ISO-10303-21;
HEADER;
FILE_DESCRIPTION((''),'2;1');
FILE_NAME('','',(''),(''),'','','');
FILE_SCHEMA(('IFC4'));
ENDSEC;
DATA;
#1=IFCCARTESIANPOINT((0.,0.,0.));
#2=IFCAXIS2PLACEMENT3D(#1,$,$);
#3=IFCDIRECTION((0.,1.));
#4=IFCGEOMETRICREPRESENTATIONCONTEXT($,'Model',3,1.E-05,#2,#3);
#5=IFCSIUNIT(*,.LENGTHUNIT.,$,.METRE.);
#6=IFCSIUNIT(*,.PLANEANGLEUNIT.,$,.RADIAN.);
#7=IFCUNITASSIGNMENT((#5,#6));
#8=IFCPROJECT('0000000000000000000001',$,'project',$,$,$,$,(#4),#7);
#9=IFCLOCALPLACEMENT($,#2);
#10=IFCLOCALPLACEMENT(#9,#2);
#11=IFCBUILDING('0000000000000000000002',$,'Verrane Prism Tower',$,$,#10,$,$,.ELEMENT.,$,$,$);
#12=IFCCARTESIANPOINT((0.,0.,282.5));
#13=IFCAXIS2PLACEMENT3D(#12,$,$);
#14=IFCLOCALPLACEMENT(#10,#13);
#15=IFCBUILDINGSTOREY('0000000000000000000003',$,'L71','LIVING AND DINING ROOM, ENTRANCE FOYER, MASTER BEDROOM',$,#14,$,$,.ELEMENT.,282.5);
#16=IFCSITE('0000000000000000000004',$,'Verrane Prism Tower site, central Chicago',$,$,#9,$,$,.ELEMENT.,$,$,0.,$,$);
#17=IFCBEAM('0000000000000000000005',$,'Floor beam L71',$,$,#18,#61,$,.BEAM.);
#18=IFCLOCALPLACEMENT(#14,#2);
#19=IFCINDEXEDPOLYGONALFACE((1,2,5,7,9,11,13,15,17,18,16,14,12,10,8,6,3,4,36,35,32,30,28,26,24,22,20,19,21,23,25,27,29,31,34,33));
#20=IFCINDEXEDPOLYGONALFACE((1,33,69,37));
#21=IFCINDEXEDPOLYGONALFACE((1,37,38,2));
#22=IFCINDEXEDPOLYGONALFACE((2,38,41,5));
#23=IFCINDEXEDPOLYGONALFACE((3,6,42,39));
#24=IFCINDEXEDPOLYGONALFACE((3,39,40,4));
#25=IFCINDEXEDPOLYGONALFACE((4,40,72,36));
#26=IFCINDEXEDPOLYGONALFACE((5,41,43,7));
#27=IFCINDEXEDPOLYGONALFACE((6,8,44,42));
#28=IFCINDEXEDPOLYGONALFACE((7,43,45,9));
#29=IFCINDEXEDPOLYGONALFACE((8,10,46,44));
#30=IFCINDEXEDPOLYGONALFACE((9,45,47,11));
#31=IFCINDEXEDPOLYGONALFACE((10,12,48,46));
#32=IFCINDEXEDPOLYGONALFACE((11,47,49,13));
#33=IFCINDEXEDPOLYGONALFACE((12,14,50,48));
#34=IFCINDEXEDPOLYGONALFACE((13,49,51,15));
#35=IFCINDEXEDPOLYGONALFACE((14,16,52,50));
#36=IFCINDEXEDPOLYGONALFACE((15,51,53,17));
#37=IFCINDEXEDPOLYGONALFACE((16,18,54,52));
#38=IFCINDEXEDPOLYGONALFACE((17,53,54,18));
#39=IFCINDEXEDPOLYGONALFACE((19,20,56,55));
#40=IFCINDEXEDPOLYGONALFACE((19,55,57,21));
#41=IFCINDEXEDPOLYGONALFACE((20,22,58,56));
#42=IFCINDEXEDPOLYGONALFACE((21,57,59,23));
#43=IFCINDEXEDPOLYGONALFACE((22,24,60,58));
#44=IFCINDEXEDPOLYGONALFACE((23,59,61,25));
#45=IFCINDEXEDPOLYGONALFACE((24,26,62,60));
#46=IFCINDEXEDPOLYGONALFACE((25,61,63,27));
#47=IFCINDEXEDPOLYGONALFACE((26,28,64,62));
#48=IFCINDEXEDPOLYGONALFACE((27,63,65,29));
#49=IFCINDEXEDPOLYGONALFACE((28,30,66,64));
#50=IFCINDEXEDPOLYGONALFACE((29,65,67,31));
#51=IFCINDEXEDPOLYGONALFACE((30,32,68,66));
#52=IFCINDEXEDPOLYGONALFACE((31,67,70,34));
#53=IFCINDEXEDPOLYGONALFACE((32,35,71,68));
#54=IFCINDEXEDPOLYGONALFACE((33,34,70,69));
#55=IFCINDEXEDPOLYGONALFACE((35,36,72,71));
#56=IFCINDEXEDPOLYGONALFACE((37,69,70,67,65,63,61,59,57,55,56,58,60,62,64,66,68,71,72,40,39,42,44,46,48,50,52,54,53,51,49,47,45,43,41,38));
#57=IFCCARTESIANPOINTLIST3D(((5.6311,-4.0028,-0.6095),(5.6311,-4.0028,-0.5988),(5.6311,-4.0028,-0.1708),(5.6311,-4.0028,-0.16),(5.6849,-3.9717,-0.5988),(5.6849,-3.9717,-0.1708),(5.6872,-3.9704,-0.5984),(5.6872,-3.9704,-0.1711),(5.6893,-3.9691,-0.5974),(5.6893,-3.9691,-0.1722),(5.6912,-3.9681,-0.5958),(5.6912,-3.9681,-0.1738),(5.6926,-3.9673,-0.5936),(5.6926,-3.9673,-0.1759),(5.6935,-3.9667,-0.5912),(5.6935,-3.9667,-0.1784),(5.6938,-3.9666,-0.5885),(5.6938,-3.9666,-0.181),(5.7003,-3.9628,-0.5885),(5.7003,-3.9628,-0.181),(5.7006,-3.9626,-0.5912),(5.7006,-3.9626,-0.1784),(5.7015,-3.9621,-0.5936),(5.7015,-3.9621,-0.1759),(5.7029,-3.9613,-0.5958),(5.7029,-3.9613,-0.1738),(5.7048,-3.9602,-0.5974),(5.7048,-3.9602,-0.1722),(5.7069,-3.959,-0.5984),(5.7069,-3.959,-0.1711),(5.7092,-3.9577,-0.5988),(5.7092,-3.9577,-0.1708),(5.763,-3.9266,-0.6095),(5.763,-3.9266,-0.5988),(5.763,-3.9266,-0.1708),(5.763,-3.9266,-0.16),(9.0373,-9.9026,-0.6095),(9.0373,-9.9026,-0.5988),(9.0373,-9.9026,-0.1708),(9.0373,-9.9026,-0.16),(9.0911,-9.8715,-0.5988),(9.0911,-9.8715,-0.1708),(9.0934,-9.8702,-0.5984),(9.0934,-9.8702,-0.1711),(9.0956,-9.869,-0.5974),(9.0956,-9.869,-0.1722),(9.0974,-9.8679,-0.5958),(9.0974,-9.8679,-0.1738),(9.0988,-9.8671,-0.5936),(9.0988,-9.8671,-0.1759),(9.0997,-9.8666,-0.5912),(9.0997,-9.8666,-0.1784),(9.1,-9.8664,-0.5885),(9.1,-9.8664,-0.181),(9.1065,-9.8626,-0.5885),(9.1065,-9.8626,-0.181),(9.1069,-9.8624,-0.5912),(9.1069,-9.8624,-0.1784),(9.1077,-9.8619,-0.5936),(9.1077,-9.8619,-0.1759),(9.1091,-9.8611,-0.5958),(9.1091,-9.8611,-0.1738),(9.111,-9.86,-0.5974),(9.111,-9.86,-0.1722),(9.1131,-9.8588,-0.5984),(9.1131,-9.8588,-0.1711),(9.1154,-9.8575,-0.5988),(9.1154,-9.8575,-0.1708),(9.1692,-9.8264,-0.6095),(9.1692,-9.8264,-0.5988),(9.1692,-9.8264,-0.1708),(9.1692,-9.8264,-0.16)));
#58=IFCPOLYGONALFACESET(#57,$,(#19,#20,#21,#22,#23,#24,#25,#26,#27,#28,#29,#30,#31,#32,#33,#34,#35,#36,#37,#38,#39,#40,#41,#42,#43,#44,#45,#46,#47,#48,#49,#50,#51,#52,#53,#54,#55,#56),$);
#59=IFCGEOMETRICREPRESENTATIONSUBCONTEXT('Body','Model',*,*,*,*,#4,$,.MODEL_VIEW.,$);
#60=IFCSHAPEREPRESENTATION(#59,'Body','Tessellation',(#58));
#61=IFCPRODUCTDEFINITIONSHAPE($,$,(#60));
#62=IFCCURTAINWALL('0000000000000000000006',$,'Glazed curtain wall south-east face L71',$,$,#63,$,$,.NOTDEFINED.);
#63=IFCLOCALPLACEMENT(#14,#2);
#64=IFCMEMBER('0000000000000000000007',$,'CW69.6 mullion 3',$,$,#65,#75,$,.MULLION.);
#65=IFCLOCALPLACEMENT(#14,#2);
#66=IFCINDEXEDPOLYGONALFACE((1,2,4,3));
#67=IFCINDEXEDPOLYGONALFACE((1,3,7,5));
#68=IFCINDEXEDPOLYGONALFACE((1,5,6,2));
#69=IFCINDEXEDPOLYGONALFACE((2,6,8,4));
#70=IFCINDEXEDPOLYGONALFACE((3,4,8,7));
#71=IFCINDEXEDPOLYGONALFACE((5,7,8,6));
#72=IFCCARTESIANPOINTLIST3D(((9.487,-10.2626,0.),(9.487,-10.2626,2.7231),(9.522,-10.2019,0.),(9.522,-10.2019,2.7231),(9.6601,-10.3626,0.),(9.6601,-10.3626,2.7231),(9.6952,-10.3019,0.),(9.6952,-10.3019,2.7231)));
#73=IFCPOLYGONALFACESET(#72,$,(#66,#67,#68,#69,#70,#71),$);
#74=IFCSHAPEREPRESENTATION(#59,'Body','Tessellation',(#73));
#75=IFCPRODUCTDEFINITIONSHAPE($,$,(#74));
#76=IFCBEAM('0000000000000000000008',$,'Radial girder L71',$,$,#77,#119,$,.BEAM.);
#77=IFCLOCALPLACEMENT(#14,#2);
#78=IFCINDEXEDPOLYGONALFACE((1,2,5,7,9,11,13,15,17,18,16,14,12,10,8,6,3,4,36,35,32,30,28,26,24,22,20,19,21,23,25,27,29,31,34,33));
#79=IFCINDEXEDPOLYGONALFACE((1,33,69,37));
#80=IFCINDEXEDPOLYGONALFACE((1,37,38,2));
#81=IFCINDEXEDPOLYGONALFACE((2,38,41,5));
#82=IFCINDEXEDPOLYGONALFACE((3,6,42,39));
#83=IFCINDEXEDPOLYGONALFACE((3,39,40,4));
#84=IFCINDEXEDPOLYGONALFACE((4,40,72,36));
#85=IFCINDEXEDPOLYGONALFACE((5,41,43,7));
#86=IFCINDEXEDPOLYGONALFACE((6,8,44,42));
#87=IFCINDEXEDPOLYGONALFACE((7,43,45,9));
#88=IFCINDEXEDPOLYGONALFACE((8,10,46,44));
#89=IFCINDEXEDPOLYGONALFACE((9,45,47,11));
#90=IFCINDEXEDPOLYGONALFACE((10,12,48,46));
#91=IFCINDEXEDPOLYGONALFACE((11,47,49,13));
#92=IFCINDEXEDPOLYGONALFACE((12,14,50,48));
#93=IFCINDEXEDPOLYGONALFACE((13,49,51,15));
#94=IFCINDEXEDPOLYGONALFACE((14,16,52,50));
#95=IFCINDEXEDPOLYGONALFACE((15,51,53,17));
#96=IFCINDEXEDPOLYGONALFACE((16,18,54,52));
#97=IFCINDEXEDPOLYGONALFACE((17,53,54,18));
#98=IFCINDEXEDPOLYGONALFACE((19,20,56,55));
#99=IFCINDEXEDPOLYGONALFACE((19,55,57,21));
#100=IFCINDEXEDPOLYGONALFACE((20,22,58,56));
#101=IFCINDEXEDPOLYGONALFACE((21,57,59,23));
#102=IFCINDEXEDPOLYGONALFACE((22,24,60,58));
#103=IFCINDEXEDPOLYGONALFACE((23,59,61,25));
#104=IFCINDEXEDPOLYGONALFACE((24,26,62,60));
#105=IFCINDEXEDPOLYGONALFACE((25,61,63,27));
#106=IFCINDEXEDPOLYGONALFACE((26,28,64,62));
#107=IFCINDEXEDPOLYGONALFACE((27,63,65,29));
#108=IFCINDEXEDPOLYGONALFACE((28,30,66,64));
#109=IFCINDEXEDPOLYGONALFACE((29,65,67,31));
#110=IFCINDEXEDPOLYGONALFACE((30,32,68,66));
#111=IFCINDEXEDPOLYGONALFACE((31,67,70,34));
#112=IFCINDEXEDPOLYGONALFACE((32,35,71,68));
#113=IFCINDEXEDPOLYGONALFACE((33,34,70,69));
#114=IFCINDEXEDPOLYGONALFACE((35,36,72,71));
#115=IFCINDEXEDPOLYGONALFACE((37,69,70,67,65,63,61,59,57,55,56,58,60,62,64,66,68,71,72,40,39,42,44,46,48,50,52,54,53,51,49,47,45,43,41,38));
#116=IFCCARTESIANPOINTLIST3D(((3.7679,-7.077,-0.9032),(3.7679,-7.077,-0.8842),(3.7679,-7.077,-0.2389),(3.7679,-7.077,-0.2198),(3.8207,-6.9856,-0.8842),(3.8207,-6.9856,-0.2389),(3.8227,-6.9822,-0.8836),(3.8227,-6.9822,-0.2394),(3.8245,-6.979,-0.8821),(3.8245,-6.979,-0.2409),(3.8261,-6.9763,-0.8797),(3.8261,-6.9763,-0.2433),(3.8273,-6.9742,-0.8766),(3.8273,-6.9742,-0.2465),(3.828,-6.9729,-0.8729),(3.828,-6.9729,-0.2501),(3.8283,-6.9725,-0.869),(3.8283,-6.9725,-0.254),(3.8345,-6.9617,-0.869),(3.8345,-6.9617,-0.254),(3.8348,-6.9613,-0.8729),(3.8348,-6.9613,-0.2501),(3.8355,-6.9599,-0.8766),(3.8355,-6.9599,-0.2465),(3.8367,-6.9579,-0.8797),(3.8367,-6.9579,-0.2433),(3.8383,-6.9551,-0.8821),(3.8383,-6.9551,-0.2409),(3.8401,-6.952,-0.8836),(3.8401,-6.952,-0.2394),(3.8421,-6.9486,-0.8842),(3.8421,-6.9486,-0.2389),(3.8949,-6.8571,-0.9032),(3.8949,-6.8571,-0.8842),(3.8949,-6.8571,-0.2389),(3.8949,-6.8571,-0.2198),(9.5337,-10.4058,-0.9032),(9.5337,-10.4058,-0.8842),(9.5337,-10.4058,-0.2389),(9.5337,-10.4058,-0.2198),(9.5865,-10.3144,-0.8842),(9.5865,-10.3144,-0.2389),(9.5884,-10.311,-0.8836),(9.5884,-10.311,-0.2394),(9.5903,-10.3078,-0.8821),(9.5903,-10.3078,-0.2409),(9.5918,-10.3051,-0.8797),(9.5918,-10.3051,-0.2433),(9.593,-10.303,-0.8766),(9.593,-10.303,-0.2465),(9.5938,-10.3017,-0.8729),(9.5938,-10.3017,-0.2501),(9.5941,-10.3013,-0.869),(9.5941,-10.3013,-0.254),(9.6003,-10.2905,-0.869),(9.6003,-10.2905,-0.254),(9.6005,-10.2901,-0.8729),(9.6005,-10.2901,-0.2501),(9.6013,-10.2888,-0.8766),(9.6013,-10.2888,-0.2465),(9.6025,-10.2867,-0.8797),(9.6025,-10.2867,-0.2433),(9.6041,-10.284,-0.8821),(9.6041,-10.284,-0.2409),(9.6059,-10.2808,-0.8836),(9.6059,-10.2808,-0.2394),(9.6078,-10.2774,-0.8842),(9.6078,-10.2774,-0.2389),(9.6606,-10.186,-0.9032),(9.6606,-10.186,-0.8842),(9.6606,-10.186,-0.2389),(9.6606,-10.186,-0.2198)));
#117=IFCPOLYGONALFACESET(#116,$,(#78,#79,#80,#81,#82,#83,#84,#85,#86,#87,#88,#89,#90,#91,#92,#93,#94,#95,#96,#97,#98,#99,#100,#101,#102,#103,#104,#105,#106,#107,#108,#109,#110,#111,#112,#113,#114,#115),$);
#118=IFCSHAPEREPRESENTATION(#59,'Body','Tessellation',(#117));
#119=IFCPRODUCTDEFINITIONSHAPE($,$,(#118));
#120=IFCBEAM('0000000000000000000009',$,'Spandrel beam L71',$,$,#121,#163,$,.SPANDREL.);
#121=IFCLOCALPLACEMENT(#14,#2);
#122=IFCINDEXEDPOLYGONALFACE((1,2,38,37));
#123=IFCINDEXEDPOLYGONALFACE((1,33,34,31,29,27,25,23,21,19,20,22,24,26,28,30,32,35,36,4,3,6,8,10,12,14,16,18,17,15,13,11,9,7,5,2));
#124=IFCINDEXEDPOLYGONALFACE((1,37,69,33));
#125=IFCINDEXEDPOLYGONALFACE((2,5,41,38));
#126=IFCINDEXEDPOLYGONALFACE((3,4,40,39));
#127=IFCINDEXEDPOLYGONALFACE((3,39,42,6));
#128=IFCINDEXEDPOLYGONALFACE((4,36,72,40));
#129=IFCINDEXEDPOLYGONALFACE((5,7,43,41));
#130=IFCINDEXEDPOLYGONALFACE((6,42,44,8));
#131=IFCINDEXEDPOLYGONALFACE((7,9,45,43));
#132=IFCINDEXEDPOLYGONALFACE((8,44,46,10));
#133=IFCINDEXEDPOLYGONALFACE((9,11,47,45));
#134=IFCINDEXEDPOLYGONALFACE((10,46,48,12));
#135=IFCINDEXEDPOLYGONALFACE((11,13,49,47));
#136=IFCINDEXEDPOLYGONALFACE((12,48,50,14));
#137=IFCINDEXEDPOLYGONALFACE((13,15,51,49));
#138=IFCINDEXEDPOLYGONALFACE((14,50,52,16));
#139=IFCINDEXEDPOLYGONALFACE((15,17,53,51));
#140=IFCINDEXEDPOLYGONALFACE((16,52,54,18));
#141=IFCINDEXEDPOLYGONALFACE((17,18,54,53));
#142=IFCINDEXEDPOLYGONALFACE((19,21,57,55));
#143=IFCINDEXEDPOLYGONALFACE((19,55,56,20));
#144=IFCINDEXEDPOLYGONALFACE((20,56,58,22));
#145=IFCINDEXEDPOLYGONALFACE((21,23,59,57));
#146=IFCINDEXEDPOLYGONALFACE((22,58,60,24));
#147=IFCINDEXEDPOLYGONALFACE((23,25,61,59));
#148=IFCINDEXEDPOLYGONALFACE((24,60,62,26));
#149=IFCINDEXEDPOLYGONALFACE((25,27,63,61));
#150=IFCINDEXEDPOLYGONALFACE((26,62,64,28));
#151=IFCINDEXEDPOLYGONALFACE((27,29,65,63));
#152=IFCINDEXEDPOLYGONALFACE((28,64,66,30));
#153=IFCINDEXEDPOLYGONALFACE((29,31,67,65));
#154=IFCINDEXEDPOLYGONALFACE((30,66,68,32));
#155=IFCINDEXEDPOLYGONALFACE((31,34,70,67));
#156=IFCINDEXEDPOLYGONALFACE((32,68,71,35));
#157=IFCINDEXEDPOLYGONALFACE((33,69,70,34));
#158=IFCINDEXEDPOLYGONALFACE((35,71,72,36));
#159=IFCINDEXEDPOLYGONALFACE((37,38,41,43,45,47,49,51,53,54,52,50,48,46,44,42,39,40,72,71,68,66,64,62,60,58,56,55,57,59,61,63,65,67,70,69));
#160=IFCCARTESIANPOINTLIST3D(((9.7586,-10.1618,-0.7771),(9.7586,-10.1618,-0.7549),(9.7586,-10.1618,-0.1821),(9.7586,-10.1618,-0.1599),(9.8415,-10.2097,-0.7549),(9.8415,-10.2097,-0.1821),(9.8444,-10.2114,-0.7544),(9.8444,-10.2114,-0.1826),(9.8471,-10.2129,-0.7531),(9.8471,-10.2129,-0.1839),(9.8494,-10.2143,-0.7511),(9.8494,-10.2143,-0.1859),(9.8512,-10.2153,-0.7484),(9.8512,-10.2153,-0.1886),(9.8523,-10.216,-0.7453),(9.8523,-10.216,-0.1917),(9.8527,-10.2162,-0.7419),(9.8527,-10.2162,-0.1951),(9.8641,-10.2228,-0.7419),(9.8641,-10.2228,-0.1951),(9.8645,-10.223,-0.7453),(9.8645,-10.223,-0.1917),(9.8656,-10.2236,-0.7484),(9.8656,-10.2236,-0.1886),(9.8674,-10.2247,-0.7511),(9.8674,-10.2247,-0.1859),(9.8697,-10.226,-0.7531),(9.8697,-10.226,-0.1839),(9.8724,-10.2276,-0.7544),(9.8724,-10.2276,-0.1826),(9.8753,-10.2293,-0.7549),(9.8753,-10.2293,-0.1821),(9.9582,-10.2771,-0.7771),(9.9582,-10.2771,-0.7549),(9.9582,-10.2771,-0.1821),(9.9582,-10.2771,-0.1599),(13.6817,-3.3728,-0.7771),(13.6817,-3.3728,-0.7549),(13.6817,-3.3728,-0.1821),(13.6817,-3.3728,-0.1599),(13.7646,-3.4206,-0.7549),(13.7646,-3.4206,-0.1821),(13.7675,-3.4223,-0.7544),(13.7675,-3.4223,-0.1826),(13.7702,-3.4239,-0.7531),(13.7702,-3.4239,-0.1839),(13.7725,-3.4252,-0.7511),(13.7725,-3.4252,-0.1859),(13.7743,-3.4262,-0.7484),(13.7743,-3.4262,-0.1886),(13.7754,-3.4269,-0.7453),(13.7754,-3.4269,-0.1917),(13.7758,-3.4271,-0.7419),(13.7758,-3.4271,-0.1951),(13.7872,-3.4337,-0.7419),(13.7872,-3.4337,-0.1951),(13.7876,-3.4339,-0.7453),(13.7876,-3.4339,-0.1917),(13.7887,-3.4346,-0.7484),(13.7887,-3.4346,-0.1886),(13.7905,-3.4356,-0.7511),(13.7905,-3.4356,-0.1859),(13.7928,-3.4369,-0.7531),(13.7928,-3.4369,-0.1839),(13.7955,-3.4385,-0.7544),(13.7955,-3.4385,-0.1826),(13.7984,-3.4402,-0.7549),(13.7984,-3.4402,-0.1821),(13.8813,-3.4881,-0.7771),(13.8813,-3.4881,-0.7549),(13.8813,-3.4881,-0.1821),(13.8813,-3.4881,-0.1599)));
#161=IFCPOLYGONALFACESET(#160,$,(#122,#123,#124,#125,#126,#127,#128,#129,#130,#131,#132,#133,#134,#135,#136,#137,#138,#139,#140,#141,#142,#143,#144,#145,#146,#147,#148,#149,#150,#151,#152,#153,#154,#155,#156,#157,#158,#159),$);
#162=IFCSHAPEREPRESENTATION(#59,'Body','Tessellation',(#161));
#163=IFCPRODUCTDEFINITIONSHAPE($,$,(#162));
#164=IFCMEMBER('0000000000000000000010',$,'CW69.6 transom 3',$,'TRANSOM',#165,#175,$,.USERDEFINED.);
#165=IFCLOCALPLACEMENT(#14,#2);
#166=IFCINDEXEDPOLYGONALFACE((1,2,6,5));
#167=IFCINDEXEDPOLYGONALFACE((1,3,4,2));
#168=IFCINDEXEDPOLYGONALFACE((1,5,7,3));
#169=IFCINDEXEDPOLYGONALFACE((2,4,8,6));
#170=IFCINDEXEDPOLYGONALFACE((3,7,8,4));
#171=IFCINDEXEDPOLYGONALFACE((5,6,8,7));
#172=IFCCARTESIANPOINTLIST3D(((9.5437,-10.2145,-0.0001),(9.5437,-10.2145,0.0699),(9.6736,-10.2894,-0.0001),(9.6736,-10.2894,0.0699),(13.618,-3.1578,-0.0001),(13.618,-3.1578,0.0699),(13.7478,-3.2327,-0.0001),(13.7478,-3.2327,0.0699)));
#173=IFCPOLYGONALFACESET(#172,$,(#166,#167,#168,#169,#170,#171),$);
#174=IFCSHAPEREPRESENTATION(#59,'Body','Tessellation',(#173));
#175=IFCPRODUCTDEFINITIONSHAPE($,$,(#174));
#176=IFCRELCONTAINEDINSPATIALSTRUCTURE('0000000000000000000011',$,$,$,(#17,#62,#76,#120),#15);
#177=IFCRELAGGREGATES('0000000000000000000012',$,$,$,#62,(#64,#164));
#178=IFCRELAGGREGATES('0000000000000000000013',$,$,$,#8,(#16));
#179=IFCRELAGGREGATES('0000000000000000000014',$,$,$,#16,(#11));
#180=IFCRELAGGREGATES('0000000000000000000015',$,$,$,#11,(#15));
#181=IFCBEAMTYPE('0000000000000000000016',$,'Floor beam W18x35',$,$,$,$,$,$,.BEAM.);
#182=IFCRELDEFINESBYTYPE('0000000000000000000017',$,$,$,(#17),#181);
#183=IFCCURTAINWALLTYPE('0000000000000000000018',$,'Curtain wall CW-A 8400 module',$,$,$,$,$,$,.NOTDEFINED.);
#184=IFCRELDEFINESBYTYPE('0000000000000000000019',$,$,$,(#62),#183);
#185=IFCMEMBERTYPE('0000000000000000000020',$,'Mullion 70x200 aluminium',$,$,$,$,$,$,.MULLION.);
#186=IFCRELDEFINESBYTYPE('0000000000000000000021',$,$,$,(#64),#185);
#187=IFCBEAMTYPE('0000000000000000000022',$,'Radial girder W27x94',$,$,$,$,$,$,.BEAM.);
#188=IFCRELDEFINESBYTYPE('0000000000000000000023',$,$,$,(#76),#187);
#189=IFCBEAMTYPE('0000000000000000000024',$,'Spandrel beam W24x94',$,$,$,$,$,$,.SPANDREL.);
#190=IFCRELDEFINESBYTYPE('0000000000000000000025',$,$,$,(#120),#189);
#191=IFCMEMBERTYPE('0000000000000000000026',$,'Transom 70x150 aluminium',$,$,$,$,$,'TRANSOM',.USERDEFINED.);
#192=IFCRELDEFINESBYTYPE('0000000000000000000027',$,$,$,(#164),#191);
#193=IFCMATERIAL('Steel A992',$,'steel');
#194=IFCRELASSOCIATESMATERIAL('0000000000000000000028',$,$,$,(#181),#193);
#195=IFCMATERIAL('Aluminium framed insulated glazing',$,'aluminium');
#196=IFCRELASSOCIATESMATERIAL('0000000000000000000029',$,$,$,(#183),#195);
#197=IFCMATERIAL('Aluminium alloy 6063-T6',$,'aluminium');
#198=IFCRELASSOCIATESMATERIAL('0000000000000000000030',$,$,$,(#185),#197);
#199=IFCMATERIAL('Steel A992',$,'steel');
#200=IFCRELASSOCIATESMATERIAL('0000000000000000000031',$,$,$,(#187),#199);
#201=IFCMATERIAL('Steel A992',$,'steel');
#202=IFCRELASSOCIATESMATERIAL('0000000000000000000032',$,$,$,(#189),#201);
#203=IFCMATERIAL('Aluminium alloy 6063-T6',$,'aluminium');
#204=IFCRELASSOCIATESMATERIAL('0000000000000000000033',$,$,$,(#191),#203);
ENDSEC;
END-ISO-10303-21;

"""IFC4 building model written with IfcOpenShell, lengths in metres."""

from ifc_helpers import new_model, si_unit, direction, frame, origin, origin_2d, place, context, subcontext, project, spatial, rectangle, i_section, extrude, material, material_profile, profile_set, type_object, element, aggregate, save


model = new_model("IFC4")

# Units and contexts
model_context = context("Model", 3, precision=1e-05, world=origin(), true_north=direction((0.0, 1.0)))
body_context = subcontext(model_context, "Body", "Model", "MODEL_VIEW")
ifc_project = project(units=[si_unit("LENGTHUNIT", "METRE"), si_unit("PLANEANGLEUNIT", "RADIAN")], contexts=[model_context])

# Site, building, storey
site_placement = place(None, origin())
site = spatial("IfcSite", under=ifc_project, at=site_placement, Name="Verrane Prism Tower site, central Chicago", CompositionType="ELEMENT", RefElevation=0.0)
building_placement = place(site_placement, origin())
building = spatial("IfcBuilding", under=site, at=building_placement, Name="Verrane Prism Tower", CompositionType="ELEMENT")
storey_placement = place(building_placement, frame((0.0, 0.0, 282.5)))
storey = spatial("IfcBuildingStorey", under=building, at=storey_placement, Name="L71", Description="LIVING AND DINING ROOM, ENTRANCE FOYER, MASTER BEDROOM", CompositionType="ELEMENT", Elevation=282.5)

# Beam
ifc_material_1 = material(Name="Steel A992", Category="steel")
ifc_material_profile_1 = material_profile(ifc_material_1, i_section(OverallWidth=0.1523, OverallDepth=0.4495, WebThickness=0.0076, FlangeThickness=0.0107, FilletRadius=0.0103, at=origin_2d()), Name="W18x35")
ifc_profile_set_1 = profile_set([ifc_material_profile_1], Name="Steel A992")
beam_type_1 = type_object("IfcBeamType", Name="Floor beam W18x35", PredefinedType="BEAM", material=ifc_profile_set_1)
beam_1_placement = place(storey_placement, frame((9.1033, -9.8645, -0.3848), z_axis=(-0.499993, 0.866029, 0.0), x_axis=(-0.866029, -0.499993, 0.0)))
element("IfcBeam", 1, at=beam_1_placement, inside=storey, type_object=beam_type_1, Name="Floor beam L71", PredefinedType="BEAM", context=body_context, shape_type="SweptSolid", body=[
    extrude(i_section(OverallWidth=0.1523, OverallDepth=0.4495, WebThickness=0.0076, FlangeThickness=0.0107, FilletRadius=0.0103, at=origin_2d()), origin(), (0.0, 0.0, 1.0), 6.8125),
])

# Curtain wall, member
ifc_material_2 = material(Name="Aluminium framed insulated glazing", Category="aluminium")
curtain_wall_type = type_object("IfcCurtainWallType", Name="Curtain wall CW-A 8400 module", PredefinedType="NOTDEFINED", material=ifc_material_2)
curtain_wall_placement = place(storey_placement, origin())
curtain_wall = element("IfcCurtainWall", 2, at=curtain_wall_placement, inside=storey, type_object=curtain_wall_type, Name="Glazed curtain wall south-east face L71", PredefinedType="NOTDEFINED")
ifc_material_3 = material(Name="Aluminium alloy 6063-T6", Category="aluminium")
ifc_material_profile_2 = material_profile(ifc_material_3, rectangle(XDim=0.2, YDim=0.0701, at=origin_2d()), Name="Mullion 70x200 aluminium")
ifc_profile_set_2 = profile_set([ifc_material_profile_2], Name="Aluminium alloy 6063-T6")
member_type_1 = type_object("IfcMemberType", Name="Mullion 70x200 aluminium", PredefinedType="MULLION", material=ifc_profile_set_2)
member_1_placement = place(storey_placement, frame((9.5911, -10.2822, 0.0), z_axis=(0.0, 0.0, 1.0), x_axis=(-0.866025, 0.500001, 0.0)))
member_1 = element("IfcMember", 3, at=member_1_placement, type_object=member_type_1, Name="CW69.6 mullion 3", PredefinedType="MULLION", context=body_context, shape_type="SweptSolid", body=[
    extrude(rectangle(XDim=0.2, YDim=0.0701, at=origin_2d()), origin(), (0.0, 0.0, 1.0), 2.7231),
])

# Beams
ifc_material_4 = material(Name="Steel A992", Category="steel")
ifc_material_profile_3 = material_profile(ifc_material_4, i_section(OverallWidth=0.2539, OverallDepth=0.6833, WebThickness=0.0125, FlangeThickness=0.019, FilletRadius=0.0151, at=origin_2d()), Name="W27x94")
ifc_profile_set_3 = profile_set([ifc_material_profile_3], Name="Steel A992")
beam_type_2 = type_object("IfcBeamType", Name="Radial girder W27x94", PredefinedType="BEAM", material=ifc_profile_set_3)
beam_2_placement = place(storey_placement, frame((9.5972, -10.2959, -0.5615), z_axis=(-0.86603, 0.499992, 0.0), x_axis=(-0.499992, -0.86603, 0.0)))
element("IfcBeam", 4, at=beam_2_placement, inside=storey, type_object=beam_type_2, Name="Radial girder L71", PredefinedType="BEAM", context=body_context, shape_type="SweptSolid", body=[
    extrude(i_section(OverallWidth=0.2539, OverallDepth=0.6833, WebThickness=0.0125, FlangeThickness=0.019, FilletRadius=0.0151, at=origin_2d()), origin(), (0.0, 0.0, 1.0), 6.6577),
])
ifc_material_5 = material(Name="Steel A992", Category="steel")
ifc_material_profile_4 = material_profile(ifc_material_5, i_section(OverallWidth=0.2305, OverallDepth=0.6172, WebThickness=0.0132, FlangeThickness=0.0222, FilletRadius=0.0129, at=origin_2d()), Name="W24x94")
ifc_profile_set_4 = profile_set([ifc_material_profile_4], Name="Steel A992")
beam_type_3 = type_object("IfcBeamType", Name="Spandrel beam W24x94", PredefinedType="SPANDREL", material=ifc_profile_set_4)
beam_3_placement = place(storey_placement, frame((9.8584, -10.2195, -0.4685), z_axis=(0.500328, 0.865836, 0.0), x_axis=(-0.865836, 0.500328, 0.0)))
element("IfcBeam", 5, at=beam_3_placement, inside=storey, type_object=beam_type_3, Name="Spandrel beam L71", PredefinedType="SPANDREL", context=body_context, shape_type="SweptSolid", body=[
    extrude(i_section(OverallWidth=0.2305, OverallDepth=0.6172, WebThickness=0.0132, FlangeThickness=0.0222, FilletRadius=0.0129, at=origin_2d()), origin(), (0.0, 0.0, 1.0), 7.8411),
])

# Member
ifc_material_6 = material(Name="Aluminium alloy 6063-T6", Category="aluminium")
ifc_material_profile_5 = material_profile(ifc_material_6, rectangle(XDim=0.1499, YDim=0.0701, at=origin_2d()), Name="Transom 70x150 aluminium")
ifc_profile_set_5 = profile_set([ifc_material_profile_5], Name="Aluminium alloy 6063-T6")
member_type_2 = type_object("IfcMemberType", Name="Transom 70x150 aluminium", ElementType="TRANSOM", PredefinedType="USERDEFINED", material=ifc_profile_set_5)
member_2_placement = place(storey_placement, frame((9.6086, -10.252, 0.0349), z_axis=(0.500006, 0.866022, 0.0), x_axis=(-0.866022, 0.500006, 0.0)))
member_2 = element("IfcMember", 6, at=member_2_placement, type_object=member_type_2, Name="CW69.6 transom 3", ObjectType="TRANSOM", PredefinedType="USERDEFINED", context=body_context, shape_type="SweptSolid", body=[
    extrude(rectangle(XDim=0.1499, YDim=0.0701, at=origin_2d()), origin(), (0.0, 0.0, 1.0), 8.1484),
])

aggregate(curtain_wall, [member_1, member_2])

save(model, "model.ifc")
